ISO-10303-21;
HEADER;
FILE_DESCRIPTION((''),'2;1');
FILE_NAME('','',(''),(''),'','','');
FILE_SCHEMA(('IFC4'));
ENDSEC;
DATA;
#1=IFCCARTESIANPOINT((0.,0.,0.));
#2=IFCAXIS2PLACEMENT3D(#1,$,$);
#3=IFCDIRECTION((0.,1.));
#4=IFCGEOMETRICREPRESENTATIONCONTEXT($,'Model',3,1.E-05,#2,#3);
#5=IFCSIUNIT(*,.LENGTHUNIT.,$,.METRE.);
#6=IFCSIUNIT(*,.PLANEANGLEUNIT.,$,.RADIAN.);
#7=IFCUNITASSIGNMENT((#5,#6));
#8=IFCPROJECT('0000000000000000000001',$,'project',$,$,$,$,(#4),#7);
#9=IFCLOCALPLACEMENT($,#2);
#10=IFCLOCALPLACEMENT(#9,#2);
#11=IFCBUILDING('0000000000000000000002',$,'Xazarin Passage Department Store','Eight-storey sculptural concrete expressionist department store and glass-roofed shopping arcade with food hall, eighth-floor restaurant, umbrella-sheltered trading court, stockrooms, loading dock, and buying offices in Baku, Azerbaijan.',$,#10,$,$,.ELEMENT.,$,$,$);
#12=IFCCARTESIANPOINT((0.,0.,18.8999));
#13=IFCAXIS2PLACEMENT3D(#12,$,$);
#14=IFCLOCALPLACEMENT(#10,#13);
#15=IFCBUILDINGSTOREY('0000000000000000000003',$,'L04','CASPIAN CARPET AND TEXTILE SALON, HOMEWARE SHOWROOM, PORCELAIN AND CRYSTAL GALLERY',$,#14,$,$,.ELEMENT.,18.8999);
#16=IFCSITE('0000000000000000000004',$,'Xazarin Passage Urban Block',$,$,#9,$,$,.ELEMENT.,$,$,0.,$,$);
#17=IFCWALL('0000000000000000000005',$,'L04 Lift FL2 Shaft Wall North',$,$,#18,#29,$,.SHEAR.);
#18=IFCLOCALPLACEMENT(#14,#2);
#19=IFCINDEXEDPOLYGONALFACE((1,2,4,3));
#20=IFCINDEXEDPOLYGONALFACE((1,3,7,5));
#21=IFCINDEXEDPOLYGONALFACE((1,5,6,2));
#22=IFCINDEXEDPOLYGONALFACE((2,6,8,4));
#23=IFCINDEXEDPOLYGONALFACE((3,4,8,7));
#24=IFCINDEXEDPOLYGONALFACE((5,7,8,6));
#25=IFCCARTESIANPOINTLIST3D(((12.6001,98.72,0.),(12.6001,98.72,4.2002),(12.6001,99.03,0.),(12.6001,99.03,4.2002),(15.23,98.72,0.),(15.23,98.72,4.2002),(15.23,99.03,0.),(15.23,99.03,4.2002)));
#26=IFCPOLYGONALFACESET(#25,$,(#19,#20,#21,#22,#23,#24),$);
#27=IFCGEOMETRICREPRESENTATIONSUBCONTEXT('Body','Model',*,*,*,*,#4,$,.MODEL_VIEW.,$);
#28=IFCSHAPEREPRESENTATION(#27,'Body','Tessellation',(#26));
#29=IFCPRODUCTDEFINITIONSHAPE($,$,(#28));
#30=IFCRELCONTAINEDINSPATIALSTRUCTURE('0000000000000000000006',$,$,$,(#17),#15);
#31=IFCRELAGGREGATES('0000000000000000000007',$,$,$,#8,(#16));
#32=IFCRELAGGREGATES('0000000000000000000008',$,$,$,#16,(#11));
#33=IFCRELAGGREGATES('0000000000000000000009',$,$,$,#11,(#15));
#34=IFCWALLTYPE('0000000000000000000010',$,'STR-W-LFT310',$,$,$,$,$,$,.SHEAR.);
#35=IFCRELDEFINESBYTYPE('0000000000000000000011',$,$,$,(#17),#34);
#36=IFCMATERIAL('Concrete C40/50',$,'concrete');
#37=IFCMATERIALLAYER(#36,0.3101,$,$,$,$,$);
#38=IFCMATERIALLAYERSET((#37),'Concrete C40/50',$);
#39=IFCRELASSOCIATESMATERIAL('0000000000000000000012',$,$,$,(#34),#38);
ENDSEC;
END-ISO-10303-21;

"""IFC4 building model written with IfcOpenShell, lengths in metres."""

from ifc_helpers import new_model, si_unit, direction, frame, frame_2d, origin, place, context, subcontext, project, spatial, rectangle, extrude, material, layer, layer_set, type_object, element, save


model = new_model("IFC4")

# Units and contexts
model_context = context("Model", 3, precision=1e-05, world=origin(), true_north=direction((0.0, 1.0)))
body_context = subcontext(model_context, "Body", "Model", "MODEL_VIEW")
ifc_project = project(units=[si_unit("LENGTHUNIT", "METRE"), si_unit("PLANEANGLEUNIT", "RADIAN")], contexts=[model_context])

# Site, building, storey
site_placement = place(None, origin())
site = spatial("IfcSite", under=ifc_project, at=site_placement, Name="Xazarin Passage Urban Block", CompositionType="ELEMENT", RefElevation=0.0)
building_placement = place(site_placement, origin())
building = spatial("IfcBuilding", under=site, at=building_placement, Name="Xazarin Passage Department Store", Description="Eight-storey sculptural concrete expressionist department store and glass-roofed shopping arcade with food hall, eighth-floor restaurant, umbrella-sheltered trading court, stockrooms, loading dock, and buying offices in Baku, Azerbaijan.", CompositionType="ELEMENT")
storey_placement = place(building_placement, frame((0.0, 0.0, 18.8999)))
storey = spatial("IfcBuildingStorey", under=building, at=storey_placement, Name="L04", Description="CASPIAN CARPET AND TEXTILE SALON, HOMEWARE SHOWROOM, PORCELAIN AND CRYSTAL GALLERY", CompositionType="ELEMENT", Elevation=18.8999)

# Shared definitions
ifc_material_1 = material(Name="Concrete C40/50", Category="concrete")

# Wall
ifc_layer_1 = layer(ifc_material_1, 0.3101)
ifc_layer_set_1 = layer_set([ifc_layer_1], Name="Concrete C40/50")
wall_type = type_object("IfcWallType", Name="STR-W-LFT310", PredefinedType="SHEAR", material=ifc_layer_set_1)
wall_placement = place(storey_placement, frame((12.6001, 98.875, 0.0), z_axis=(0.0, 0.0, 1.0), x_axis=(1.0, 0.0, 0.0)))
element("IfcWall", 1, at=wall_placement, inside=storey, type_object=wall_type, Name="L04 Lift FL2 Shaft Wall North", PredefinedType="SHEAR", context=body_context, shape_type="SweptSolid", body=[
    extrude(rectangle(XDim=2.6299, YDim=0.3101, at=frame_2d((1.3149, 0.0))), origin(), (0.0, 0.0, 1.0), 4.2002),
])

save(model, "model.ifc")
